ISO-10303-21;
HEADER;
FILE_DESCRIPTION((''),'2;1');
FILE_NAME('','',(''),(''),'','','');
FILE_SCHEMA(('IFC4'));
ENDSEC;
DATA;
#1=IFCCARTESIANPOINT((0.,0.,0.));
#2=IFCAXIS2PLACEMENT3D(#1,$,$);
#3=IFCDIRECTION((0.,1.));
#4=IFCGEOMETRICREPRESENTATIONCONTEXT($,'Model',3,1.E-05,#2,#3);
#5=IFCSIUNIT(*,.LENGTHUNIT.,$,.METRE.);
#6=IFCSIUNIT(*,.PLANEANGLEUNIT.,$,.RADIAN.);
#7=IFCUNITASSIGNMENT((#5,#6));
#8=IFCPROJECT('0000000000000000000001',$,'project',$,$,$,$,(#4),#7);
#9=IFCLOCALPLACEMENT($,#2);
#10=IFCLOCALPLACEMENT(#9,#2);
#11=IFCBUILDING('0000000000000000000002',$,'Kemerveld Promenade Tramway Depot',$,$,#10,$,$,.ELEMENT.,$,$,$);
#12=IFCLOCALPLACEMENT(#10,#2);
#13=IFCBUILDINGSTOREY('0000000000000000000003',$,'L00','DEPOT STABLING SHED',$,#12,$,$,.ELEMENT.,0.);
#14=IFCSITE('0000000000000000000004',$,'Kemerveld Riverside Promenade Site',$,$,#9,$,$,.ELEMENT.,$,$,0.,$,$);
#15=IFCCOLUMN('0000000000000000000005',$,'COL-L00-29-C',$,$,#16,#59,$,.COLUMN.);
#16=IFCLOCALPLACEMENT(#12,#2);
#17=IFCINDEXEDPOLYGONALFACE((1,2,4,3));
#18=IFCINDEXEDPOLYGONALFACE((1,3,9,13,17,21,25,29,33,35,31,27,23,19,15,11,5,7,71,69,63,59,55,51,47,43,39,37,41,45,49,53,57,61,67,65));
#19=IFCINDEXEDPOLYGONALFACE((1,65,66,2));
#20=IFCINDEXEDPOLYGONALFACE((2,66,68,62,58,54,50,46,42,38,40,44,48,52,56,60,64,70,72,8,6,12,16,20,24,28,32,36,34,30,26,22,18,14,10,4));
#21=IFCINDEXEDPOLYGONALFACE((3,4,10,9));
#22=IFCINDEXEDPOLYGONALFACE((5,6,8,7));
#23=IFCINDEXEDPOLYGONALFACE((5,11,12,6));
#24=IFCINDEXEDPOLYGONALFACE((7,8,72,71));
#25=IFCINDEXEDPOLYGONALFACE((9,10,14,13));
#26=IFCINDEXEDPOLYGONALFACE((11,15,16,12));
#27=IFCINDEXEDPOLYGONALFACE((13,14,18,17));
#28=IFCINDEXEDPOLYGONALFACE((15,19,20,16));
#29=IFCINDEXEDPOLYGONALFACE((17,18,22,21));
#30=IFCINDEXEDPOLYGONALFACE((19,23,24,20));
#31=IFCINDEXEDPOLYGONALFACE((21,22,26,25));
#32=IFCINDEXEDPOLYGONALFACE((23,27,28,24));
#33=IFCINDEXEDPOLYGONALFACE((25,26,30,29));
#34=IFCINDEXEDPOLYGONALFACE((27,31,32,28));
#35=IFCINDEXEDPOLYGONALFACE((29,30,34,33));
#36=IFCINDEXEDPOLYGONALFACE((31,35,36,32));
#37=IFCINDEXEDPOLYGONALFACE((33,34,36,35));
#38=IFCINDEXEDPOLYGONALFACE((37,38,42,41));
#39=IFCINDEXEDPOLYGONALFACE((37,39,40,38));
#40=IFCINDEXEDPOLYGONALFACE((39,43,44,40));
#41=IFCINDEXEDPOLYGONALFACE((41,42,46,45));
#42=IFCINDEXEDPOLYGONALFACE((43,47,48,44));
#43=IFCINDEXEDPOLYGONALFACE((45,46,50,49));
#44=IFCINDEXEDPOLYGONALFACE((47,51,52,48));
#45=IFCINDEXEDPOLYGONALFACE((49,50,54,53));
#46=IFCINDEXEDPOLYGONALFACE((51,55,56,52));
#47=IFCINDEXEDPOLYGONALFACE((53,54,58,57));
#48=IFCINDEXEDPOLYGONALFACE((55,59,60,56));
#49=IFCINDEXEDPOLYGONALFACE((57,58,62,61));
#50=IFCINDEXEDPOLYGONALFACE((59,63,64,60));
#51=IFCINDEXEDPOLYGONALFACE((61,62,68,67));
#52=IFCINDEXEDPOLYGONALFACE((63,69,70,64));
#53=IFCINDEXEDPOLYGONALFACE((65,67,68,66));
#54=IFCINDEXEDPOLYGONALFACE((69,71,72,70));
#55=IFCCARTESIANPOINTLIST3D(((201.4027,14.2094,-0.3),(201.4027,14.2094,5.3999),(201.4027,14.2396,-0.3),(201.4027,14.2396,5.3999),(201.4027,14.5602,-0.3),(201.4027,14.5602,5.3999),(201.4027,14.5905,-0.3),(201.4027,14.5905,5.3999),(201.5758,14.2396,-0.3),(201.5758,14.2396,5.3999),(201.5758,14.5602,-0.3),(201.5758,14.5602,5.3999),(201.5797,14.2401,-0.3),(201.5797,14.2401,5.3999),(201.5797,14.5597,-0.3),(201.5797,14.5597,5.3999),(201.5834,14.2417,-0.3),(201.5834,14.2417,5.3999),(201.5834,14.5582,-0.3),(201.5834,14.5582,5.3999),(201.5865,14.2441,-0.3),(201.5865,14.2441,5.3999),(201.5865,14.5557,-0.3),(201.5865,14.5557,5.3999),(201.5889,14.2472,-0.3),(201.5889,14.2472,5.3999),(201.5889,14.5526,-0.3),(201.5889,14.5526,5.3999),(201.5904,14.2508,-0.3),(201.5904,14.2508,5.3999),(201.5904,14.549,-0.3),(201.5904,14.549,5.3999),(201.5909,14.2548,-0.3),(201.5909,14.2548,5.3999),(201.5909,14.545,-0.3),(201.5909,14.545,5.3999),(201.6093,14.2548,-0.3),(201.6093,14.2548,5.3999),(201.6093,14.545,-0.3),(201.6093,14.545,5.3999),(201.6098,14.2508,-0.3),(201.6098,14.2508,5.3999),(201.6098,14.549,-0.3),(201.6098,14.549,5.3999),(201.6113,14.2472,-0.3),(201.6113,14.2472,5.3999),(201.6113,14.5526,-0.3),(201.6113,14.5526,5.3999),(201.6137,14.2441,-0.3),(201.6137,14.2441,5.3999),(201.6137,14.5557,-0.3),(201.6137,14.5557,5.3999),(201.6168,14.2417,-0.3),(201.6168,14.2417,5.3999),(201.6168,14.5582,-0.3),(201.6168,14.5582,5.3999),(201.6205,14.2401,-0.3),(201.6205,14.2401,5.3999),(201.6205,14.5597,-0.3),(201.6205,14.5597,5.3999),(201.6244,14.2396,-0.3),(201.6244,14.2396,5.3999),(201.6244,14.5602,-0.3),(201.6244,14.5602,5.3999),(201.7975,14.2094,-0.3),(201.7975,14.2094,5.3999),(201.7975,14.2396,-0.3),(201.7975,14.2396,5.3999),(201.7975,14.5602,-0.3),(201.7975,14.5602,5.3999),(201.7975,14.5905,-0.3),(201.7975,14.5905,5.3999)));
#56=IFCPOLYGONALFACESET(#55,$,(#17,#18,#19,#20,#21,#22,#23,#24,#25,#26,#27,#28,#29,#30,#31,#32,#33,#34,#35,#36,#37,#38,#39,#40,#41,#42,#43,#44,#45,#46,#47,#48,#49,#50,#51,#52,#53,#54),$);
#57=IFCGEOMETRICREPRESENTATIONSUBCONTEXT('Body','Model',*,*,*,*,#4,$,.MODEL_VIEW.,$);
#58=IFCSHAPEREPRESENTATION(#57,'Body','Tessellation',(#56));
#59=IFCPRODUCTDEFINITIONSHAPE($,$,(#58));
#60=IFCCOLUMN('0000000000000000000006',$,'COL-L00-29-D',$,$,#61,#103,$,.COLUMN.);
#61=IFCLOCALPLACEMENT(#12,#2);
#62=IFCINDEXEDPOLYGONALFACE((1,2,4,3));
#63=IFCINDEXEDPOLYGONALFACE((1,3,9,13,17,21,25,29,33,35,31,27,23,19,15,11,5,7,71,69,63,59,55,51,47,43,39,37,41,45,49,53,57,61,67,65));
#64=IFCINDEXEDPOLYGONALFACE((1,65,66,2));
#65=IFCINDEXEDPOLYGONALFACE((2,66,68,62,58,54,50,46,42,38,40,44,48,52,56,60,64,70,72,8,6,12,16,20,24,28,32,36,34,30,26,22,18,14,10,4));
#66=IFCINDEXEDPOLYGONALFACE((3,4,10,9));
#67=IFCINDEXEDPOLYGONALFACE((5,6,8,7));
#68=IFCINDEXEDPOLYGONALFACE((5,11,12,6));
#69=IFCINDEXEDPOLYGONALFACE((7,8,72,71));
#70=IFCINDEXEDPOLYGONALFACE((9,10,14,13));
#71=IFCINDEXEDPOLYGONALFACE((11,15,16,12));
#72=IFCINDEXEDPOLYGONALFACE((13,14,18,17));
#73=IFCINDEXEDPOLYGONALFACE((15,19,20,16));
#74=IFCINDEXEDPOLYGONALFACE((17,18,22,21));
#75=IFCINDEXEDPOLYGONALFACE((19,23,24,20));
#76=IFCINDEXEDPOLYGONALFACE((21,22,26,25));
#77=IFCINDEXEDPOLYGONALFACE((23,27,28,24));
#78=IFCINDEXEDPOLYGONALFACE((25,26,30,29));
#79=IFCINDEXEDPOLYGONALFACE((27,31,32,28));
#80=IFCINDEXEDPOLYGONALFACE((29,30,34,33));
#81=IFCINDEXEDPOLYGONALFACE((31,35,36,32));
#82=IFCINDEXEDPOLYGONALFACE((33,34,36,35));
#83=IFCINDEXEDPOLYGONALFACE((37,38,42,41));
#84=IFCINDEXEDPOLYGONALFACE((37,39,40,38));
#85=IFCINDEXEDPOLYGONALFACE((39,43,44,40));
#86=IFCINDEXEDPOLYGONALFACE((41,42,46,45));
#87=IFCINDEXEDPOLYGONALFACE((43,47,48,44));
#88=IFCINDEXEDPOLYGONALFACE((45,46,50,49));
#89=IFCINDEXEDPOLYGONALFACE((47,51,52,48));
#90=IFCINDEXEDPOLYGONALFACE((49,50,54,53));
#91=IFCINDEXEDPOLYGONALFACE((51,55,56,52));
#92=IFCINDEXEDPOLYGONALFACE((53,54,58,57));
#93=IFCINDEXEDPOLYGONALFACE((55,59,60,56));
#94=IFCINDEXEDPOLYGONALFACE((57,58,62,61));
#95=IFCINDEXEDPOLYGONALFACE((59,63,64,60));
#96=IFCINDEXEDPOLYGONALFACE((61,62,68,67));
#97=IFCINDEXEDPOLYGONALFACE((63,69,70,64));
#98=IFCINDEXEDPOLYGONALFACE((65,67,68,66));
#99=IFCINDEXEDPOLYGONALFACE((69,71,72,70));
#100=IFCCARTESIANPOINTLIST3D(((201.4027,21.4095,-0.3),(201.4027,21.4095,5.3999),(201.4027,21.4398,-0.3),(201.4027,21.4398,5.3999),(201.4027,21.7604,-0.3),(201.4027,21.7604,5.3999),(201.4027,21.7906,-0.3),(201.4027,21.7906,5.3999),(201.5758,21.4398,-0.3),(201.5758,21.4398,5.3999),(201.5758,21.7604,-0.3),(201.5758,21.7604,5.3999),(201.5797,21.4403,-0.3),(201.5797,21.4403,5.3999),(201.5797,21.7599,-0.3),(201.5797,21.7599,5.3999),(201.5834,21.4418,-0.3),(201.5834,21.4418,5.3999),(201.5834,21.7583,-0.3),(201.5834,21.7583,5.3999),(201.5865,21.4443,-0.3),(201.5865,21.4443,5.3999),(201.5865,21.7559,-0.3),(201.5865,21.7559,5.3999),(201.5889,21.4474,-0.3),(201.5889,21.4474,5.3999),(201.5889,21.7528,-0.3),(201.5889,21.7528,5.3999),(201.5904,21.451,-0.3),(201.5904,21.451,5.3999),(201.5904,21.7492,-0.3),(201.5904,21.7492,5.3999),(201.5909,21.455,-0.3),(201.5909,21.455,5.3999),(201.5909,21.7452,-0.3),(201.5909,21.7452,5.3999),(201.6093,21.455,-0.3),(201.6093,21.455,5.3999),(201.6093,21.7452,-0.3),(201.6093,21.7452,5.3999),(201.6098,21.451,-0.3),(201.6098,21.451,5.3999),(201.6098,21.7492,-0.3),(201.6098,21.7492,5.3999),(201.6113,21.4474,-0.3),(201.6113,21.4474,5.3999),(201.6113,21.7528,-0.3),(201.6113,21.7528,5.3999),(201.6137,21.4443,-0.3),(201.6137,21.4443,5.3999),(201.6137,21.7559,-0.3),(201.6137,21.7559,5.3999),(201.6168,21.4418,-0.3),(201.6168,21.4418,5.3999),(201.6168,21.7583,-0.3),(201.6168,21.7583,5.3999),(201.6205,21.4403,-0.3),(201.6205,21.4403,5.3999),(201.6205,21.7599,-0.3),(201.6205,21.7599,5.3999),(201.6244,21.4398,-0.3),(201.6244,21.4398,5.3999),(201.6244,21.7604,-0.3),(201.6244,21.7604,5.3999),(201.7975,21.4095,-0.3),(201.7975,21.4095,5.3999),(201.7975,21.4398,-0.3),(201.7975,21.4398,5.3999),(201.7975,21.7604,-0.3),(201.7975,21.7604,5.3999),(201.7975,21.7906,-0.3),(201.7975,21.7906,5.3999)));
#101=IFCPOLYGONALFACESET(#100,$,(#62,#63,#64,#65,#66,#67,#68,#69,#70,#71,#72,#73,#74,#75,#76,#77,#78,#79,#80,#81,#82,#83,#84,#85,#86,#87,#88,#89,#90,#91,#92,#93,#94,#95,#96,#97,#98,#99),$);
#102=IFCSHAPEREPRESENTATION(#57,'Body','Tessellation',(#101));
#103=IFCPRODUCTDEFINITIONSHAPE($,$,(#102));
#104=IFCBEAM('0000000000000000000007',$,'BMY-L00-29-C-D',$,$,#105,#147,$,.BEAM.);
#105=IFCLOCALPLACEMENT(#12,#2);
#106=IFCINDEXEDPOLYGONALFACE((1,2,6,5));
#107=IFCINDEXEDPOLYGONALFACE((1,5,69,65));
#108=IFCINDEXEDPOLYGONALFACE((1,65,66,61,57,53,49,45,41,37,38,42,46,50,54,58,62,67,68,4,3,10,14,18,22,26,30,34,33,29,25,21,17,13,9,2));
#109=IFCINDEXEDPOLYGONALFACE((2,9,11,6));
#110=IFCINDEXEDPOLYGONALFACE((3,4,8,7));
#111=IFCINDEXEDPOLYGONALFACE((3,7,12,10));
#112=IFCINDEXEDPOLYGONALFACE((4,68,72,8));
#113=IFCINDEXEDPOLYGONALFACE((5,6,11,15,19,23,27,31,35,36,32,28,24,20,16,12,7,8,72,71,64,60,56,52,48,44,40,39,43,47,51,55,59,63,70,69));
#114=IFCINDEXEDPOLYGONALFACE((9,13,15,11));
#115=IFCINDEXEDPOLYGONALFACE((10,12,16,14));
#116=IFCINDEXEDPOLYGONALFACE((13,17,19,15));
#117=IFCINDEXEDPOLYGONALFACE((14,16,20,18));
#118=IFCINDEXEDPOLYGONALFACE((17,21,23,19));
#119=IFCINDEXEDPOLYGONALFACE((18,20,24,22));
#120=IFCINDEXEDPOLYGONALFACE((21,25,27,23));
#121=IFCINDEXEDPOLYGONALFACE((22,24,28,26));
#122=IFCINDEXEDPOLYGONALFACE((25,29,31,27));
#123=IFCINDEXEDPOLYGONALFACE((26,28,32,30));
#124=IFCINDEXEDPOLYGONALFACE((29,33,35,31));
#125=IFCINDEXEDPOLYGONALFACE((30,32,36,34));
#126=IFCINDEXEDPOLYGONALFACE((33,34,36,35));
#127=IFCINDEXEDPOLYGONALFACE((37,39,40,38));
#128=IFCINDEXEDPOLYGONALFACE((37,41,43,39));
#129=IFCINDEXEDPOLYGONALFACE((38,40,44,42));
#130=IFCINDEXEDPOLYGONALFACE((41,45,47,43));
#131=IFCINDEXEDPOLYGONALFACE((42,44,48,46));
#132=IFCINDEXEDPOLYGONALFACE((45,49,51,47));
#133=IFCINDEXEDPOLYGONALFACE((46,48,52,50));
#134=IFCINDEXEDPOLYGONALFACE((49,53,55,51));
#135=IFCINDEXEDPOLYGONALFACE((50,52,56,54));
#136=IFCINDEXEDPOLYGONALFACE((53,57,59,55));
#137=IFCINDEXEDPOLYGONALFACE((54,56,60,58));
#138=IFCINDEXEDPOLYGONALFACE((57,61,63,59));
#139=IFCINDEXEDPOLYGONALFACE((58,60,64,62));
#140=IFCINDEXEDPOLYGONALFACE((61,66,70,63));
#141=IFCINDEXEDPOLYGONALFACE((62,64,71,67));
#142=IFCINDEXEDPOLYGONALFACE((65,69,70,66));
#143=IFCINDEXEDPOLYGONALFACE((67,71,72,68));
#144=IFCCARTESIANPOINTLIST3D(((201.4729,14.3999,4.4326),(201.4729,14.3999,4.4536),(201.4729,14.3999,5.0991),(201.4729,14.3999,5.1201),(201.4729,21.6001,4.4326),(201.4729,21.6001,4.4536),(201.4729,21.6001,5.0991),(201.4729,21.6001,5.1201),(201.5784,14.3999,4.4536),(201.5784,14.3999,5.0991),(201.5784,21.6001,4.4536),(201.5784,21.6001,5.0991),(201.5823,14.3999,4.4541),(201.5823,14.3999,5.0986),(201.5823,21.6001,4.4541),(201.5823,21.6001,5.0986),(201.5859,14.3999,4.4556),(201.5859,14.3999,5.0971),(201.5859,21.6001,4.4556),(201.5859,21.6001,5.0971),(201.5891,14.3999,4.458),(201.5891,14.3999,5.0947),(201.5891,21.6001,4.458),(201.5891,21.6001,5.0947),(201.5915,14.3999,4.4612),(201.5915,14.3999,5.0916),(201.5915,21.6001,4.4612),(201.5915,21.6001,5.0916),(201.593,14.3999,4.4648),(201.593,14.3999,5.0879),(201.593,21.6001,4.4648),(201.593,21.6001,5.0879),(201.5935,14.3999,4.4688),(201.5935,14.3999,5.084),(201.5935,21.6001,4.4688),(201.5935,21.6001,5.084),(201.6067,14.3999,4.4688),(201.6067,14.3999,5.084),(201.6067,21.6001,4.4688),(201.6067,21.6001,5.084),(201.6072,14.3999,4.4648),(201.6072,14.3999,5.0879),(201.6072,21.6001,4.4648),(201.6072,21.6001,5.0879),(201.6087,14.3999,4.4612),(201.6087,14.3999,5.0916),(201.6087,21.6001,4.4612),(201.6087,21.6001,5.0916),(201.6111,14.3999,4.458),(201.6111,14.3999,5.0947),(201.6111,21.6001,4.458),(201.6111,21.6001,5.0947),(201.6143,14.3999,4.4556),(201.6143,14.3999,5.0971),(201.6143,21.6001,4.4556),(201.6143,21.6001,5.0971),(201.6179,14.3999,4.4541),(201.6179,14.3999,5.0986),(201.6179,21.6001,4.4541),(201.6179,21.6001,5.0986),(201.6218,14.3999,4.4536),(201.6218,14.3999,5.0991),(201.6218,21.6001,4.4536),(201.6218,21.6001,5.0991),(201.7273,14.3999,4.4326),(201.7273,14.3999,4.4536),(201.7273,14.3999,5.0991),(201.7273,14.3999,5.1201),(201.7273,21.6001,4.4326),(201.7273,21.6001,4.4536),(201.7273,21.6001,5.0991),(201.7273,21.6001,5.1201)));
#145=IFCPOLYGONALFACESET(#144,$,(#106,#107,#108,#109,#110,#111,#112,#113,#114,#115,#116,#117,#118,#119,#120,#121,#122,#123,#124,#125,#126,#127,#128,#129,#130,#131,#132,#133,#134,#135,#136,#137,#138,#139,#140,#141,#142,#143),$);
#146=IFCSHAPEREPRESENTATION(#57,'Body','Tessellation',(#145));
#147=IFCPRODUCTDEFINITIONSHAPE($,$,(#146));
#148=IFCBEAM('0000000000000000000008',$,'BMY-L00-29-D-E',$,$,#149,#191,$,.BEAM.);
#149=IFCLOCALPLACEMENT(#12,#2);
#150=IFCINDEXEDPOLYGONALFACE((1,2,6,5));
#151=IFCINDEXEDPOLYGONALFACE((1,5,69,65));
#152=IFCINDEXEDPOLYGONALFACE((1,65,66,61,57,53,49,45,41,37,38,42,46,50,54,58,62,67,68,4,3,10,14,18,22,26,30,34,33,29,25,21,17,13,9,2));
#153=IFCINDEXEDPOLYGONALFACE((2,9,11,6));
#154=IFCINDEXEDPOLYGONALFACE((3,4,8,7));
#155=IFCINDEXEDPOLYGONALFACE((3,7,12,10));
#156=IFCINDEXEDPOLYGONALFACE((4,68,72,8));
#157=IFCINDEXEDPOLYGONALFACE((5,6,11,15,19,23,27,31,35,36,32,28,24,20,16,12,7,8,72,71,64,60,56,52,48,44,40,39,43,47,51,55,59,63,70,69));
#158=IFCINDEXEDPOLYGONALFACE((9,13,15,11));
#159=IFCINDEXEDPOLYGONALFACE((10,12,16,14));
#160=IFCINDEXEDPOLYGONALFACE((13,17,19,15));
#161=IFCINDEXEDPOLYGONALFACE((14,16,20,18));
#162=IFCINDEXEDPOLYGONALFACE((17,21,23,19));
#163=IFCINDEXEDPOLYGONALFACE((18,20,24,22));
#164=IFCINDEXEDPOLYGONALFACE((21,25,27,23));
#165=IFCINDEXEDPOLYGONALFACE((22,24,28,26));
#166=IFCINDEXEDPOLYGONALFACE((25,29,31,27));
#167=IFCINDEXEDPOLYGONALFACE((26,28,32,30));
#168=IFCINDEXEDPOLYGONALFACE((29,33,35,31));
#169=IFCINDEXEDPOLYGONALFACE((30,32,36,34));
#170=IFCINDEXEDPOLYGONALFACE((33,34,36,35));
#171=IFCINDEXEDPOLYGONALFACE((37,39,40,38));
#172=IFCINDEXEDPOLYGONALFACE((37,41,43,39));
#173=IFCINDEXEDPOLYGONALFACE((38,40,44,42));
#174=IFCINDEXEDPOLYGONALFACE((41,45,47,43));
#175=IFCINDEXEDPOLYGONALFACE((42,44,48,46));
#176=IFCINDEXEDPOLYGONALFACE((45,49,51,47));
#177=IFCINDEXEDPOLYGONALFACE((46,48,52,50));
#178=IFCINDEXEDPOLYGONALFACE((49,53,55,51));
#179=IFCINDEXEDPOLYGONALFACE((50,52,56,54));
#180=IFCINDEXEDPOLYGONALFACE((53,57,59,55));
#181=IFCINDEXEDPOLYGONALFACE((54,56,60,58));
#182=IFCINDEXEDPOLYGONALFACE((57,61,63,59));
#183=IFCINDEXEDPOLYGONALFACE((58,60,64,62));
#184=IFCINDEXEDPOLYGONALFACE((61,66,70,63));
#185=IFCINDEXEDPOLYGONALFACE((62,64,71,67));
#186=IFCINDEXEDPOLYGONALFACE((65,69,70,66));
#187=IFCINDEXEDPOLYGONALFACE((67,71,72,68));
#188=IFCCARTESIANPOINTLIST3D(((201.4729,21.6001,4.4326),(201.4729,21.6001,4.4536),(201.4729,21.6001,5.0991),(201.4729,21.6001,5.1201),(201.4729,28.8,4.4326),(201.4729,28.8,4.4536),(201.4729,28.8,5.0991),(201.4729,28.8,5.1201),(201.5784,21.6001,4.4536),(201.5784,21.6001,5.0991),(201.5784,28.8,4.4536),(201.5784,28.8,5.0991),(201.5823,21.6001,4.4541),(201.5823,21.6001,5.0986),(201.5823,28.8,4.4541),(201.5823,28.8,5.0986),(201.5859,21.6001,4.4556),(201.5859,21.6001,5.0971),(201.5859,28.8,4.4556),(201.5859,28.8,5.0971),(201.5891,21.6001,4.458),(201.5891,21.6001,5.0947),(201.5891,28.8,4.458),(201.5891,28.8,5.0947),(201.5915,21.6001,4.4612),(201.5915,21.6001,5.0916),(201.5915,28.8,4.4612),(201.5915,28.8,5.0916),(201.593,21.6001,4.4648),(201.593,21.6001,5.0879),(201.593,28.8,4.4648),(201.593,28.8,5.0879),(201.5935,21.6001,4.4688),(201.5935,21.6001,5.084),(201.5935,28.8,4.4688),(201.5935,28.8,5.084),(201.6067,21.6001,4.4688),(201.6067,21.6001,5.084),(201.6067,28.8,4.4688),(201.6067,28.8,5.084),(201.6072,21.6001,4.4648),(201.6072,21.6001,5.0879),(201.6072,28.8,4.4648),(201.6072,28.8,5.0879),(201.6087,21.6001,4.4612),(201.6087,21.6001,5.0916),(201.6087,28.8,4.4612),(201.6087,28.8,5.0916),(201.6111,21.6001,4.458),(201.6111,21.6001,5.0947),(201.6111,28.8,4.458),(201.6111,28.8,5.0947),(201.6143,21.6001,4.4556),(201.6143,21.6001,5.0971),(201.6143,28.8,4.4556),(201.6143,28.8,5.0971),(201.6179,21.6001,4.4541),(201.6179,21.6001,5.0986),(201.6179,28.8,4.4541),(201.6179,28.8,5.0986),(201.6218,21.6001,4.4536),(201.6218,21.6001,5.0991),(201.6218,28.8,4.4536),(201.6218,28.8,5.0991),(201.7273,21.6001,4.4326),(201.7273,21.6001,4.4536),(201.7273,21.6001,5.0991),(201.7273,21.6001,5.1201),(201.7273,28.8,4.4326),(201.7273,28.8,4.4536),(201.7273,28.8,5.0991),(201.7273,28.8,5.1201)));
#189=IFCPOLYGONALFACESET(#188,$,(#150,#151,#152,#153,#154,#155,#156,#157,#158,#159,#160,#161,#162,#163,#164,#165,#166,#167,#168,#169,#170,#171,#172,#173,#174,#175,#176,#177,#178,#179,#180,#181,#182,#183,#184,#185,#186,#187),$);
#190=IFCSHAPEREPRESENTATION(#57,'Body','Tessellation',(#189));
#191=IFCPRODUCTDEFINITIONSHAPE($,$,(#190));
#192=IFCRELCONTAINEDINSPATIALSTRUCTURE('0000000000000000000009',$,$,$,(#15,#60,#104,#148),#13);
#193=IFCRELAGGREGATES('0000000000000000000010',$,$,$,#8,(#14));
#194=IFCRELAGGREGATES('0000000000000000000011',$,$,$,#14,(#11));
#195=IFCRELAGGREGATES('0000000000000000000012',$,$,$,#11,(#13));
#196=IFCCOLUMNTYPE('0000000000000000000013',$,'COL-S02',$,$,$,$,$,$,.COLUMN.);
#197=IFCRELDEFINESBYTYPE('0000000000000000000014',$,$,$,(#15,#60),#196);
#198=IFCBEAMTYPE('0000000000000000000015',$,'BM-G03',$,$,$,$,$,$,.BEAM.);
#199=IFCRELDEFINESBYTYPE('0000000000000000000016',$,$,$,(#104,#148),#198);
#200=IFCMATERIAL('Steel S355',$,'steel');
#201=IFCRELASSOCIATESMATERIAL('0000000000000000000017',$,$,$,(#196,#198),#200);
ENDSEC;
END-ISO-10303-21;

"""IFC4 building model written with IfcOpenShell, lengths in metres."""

from ifc_helpers import new_model, si_unit, direction, frame, origin, origin_2d, place, context, subcontext, project, spatial, i_section, extrude, material, material_profile, profile_set, type_object, element, save


model = new_model("IFC4")

# Units and contexts
model_context = context("Model", 3, precision=1e-05, world=origin(), true_north=direction((0.0, 1.0)))
body_context = subcontext(model_context, "Body", "Model", "MODEL_VIEW")
ifc_project = project(units=[si_unit("LENGTHUNIT", "METRE"), si_unit("PLANEANGLEUNIT", "RADIAN")], contexts=[model_context])

# Site, building, storey
site_placement = place(None, origin())
site = spatial("IfcSite", under=ifc_project, at=site_placement, Name="Kemerveld Riverside Promenade Site", CompositionType="ELEMENT", RefElevation=0.0)
building_placement = place(site_placement, origin())
building = spatial("IfcBuilding", under=site, at=building_placement, Name="Kemerveld Promenade Tramway Depot", CompositionType="ELEMENT")
storey_placement = place(building_placement, origin())
storey = spatial("IfcBuildingStorey", under=building, at=storey_placement, Name="L00", Description="DEPOT STABLING SHED", CompositionType="ELEMENT", Elevation=0.0)

# Columns
ifc_material_1 = material(Name="Steel S355", Category="steel")
ifc_material_profile_1 = material_profile(ifc_material_1, i_section(OverallWidth=0.3948, OverallDepth=0.3811, WebThickness=0.0183, FlangeThickness=0.0303, FilletRadius=0.0151, at=origin_2d()), Name="356x406x235 UC")
ifc_profile_set_1 = profile_set([ifc_material_profile_1], Name="Steel S355")
column_type = type_object("IfcColumnType", Name="COL-S02", PredefinedType="COLUMN", material=ifc_profile_set_1)
for number, where, z_axis, x_axis, name in (
    (1, (201.6001, 14.3999, -0.3), (0.0, 0.0, 1.0), (1.0, 0.0, 0.0), "COL-L00-29-C"),
    (2, (201.6001, 21.6001, -0.3), (0.0, 0.0, 1.0), (1.0, 0.0, 0.0), "COL-L00-29-D"),
):
    element("IfcColumn", number, at=place(storey_placement, frame(where, z_axis=z_axis, x_axis=x_axis)), inside=storey, type_object=column_type, Name=name, PredefinedType="COLUMN", context=body_context, shape_type="SweptSolid", body=[
        extrude(i_section(OverallWidth=0.3948, OverallDepth=0.3811, WebThickness=0.0183, FlangeThickness=0.0303, FilletRadius=0.0151, at=origin_2d()), origin(), (0.0, 0.0, 1.0), 5.7),
    ])

# Beams
ifc_material_profile_2 = material_profile(ifc_material_1, i_section(OverallWidth=0.2544, OverallDepth=0.6875, WebThickness=0.0132, FlangeThickness=0.021, FilletRadius=0.0151, at=origin_2d()), Name="686x254x152 UB")
ifc_profile_set_2 = profile_set([ifc_material_profile_2], Name="Steel S355")
beam_type_1 = type_object("IfcBeamType", Name="BM-G03", PredefinedType="BEAM", material=ifc_profile_set_2)
beam_1_placement = place(storey_placement, frame((201.6001, 14.3999, 4.7764), z_axis=(0.0, 1.0, 0.0), x_axis=(-1.0, 0.0, 0.0)))
element("IfcBeam", 3, at=beam_1_placement, inside=storey, type_object=beam_type_1, Name="BMY-L00-29-C-D", PredefinedType="BEAM", context=body_context, shape_type="SweptSolid", body=[
    extrude(i_section(OverallWidth=0.2544, OverallDepth=0.6875, WebThickness=0.0132, FlangeThickness=0.021, FilletRadius=0.0151, at=origin_2d()), origin(), (0.0, 0.0, 1.0), 7.2002),
])
beam_2_placement = place(storey_placement, frame((201.6001, 21.6001, 4.7764), z_axis=(0.0, 1.0, 0.0), x_axis=(-1.0, 0.0, 0.0)))
element("IfcBeam", 4, at=beam_2_placement, inside=storey, type_object=beam_type_1, Name="BMY-L00-29-D-E", PredefinedType="BEAM", context=body_context, shape_type="SweptSolid", body=[
    extrude(i_section(OverallWidth=0.2544, OverallDepth=0.6875, WebThickness=0.0132, FlangeThickness=0.021, FilletRadius=0.0151, at=origin_2d()), origin(), (0.0, 0.0, 1.0), 7.2),
])

save(model, "model.ifc")
